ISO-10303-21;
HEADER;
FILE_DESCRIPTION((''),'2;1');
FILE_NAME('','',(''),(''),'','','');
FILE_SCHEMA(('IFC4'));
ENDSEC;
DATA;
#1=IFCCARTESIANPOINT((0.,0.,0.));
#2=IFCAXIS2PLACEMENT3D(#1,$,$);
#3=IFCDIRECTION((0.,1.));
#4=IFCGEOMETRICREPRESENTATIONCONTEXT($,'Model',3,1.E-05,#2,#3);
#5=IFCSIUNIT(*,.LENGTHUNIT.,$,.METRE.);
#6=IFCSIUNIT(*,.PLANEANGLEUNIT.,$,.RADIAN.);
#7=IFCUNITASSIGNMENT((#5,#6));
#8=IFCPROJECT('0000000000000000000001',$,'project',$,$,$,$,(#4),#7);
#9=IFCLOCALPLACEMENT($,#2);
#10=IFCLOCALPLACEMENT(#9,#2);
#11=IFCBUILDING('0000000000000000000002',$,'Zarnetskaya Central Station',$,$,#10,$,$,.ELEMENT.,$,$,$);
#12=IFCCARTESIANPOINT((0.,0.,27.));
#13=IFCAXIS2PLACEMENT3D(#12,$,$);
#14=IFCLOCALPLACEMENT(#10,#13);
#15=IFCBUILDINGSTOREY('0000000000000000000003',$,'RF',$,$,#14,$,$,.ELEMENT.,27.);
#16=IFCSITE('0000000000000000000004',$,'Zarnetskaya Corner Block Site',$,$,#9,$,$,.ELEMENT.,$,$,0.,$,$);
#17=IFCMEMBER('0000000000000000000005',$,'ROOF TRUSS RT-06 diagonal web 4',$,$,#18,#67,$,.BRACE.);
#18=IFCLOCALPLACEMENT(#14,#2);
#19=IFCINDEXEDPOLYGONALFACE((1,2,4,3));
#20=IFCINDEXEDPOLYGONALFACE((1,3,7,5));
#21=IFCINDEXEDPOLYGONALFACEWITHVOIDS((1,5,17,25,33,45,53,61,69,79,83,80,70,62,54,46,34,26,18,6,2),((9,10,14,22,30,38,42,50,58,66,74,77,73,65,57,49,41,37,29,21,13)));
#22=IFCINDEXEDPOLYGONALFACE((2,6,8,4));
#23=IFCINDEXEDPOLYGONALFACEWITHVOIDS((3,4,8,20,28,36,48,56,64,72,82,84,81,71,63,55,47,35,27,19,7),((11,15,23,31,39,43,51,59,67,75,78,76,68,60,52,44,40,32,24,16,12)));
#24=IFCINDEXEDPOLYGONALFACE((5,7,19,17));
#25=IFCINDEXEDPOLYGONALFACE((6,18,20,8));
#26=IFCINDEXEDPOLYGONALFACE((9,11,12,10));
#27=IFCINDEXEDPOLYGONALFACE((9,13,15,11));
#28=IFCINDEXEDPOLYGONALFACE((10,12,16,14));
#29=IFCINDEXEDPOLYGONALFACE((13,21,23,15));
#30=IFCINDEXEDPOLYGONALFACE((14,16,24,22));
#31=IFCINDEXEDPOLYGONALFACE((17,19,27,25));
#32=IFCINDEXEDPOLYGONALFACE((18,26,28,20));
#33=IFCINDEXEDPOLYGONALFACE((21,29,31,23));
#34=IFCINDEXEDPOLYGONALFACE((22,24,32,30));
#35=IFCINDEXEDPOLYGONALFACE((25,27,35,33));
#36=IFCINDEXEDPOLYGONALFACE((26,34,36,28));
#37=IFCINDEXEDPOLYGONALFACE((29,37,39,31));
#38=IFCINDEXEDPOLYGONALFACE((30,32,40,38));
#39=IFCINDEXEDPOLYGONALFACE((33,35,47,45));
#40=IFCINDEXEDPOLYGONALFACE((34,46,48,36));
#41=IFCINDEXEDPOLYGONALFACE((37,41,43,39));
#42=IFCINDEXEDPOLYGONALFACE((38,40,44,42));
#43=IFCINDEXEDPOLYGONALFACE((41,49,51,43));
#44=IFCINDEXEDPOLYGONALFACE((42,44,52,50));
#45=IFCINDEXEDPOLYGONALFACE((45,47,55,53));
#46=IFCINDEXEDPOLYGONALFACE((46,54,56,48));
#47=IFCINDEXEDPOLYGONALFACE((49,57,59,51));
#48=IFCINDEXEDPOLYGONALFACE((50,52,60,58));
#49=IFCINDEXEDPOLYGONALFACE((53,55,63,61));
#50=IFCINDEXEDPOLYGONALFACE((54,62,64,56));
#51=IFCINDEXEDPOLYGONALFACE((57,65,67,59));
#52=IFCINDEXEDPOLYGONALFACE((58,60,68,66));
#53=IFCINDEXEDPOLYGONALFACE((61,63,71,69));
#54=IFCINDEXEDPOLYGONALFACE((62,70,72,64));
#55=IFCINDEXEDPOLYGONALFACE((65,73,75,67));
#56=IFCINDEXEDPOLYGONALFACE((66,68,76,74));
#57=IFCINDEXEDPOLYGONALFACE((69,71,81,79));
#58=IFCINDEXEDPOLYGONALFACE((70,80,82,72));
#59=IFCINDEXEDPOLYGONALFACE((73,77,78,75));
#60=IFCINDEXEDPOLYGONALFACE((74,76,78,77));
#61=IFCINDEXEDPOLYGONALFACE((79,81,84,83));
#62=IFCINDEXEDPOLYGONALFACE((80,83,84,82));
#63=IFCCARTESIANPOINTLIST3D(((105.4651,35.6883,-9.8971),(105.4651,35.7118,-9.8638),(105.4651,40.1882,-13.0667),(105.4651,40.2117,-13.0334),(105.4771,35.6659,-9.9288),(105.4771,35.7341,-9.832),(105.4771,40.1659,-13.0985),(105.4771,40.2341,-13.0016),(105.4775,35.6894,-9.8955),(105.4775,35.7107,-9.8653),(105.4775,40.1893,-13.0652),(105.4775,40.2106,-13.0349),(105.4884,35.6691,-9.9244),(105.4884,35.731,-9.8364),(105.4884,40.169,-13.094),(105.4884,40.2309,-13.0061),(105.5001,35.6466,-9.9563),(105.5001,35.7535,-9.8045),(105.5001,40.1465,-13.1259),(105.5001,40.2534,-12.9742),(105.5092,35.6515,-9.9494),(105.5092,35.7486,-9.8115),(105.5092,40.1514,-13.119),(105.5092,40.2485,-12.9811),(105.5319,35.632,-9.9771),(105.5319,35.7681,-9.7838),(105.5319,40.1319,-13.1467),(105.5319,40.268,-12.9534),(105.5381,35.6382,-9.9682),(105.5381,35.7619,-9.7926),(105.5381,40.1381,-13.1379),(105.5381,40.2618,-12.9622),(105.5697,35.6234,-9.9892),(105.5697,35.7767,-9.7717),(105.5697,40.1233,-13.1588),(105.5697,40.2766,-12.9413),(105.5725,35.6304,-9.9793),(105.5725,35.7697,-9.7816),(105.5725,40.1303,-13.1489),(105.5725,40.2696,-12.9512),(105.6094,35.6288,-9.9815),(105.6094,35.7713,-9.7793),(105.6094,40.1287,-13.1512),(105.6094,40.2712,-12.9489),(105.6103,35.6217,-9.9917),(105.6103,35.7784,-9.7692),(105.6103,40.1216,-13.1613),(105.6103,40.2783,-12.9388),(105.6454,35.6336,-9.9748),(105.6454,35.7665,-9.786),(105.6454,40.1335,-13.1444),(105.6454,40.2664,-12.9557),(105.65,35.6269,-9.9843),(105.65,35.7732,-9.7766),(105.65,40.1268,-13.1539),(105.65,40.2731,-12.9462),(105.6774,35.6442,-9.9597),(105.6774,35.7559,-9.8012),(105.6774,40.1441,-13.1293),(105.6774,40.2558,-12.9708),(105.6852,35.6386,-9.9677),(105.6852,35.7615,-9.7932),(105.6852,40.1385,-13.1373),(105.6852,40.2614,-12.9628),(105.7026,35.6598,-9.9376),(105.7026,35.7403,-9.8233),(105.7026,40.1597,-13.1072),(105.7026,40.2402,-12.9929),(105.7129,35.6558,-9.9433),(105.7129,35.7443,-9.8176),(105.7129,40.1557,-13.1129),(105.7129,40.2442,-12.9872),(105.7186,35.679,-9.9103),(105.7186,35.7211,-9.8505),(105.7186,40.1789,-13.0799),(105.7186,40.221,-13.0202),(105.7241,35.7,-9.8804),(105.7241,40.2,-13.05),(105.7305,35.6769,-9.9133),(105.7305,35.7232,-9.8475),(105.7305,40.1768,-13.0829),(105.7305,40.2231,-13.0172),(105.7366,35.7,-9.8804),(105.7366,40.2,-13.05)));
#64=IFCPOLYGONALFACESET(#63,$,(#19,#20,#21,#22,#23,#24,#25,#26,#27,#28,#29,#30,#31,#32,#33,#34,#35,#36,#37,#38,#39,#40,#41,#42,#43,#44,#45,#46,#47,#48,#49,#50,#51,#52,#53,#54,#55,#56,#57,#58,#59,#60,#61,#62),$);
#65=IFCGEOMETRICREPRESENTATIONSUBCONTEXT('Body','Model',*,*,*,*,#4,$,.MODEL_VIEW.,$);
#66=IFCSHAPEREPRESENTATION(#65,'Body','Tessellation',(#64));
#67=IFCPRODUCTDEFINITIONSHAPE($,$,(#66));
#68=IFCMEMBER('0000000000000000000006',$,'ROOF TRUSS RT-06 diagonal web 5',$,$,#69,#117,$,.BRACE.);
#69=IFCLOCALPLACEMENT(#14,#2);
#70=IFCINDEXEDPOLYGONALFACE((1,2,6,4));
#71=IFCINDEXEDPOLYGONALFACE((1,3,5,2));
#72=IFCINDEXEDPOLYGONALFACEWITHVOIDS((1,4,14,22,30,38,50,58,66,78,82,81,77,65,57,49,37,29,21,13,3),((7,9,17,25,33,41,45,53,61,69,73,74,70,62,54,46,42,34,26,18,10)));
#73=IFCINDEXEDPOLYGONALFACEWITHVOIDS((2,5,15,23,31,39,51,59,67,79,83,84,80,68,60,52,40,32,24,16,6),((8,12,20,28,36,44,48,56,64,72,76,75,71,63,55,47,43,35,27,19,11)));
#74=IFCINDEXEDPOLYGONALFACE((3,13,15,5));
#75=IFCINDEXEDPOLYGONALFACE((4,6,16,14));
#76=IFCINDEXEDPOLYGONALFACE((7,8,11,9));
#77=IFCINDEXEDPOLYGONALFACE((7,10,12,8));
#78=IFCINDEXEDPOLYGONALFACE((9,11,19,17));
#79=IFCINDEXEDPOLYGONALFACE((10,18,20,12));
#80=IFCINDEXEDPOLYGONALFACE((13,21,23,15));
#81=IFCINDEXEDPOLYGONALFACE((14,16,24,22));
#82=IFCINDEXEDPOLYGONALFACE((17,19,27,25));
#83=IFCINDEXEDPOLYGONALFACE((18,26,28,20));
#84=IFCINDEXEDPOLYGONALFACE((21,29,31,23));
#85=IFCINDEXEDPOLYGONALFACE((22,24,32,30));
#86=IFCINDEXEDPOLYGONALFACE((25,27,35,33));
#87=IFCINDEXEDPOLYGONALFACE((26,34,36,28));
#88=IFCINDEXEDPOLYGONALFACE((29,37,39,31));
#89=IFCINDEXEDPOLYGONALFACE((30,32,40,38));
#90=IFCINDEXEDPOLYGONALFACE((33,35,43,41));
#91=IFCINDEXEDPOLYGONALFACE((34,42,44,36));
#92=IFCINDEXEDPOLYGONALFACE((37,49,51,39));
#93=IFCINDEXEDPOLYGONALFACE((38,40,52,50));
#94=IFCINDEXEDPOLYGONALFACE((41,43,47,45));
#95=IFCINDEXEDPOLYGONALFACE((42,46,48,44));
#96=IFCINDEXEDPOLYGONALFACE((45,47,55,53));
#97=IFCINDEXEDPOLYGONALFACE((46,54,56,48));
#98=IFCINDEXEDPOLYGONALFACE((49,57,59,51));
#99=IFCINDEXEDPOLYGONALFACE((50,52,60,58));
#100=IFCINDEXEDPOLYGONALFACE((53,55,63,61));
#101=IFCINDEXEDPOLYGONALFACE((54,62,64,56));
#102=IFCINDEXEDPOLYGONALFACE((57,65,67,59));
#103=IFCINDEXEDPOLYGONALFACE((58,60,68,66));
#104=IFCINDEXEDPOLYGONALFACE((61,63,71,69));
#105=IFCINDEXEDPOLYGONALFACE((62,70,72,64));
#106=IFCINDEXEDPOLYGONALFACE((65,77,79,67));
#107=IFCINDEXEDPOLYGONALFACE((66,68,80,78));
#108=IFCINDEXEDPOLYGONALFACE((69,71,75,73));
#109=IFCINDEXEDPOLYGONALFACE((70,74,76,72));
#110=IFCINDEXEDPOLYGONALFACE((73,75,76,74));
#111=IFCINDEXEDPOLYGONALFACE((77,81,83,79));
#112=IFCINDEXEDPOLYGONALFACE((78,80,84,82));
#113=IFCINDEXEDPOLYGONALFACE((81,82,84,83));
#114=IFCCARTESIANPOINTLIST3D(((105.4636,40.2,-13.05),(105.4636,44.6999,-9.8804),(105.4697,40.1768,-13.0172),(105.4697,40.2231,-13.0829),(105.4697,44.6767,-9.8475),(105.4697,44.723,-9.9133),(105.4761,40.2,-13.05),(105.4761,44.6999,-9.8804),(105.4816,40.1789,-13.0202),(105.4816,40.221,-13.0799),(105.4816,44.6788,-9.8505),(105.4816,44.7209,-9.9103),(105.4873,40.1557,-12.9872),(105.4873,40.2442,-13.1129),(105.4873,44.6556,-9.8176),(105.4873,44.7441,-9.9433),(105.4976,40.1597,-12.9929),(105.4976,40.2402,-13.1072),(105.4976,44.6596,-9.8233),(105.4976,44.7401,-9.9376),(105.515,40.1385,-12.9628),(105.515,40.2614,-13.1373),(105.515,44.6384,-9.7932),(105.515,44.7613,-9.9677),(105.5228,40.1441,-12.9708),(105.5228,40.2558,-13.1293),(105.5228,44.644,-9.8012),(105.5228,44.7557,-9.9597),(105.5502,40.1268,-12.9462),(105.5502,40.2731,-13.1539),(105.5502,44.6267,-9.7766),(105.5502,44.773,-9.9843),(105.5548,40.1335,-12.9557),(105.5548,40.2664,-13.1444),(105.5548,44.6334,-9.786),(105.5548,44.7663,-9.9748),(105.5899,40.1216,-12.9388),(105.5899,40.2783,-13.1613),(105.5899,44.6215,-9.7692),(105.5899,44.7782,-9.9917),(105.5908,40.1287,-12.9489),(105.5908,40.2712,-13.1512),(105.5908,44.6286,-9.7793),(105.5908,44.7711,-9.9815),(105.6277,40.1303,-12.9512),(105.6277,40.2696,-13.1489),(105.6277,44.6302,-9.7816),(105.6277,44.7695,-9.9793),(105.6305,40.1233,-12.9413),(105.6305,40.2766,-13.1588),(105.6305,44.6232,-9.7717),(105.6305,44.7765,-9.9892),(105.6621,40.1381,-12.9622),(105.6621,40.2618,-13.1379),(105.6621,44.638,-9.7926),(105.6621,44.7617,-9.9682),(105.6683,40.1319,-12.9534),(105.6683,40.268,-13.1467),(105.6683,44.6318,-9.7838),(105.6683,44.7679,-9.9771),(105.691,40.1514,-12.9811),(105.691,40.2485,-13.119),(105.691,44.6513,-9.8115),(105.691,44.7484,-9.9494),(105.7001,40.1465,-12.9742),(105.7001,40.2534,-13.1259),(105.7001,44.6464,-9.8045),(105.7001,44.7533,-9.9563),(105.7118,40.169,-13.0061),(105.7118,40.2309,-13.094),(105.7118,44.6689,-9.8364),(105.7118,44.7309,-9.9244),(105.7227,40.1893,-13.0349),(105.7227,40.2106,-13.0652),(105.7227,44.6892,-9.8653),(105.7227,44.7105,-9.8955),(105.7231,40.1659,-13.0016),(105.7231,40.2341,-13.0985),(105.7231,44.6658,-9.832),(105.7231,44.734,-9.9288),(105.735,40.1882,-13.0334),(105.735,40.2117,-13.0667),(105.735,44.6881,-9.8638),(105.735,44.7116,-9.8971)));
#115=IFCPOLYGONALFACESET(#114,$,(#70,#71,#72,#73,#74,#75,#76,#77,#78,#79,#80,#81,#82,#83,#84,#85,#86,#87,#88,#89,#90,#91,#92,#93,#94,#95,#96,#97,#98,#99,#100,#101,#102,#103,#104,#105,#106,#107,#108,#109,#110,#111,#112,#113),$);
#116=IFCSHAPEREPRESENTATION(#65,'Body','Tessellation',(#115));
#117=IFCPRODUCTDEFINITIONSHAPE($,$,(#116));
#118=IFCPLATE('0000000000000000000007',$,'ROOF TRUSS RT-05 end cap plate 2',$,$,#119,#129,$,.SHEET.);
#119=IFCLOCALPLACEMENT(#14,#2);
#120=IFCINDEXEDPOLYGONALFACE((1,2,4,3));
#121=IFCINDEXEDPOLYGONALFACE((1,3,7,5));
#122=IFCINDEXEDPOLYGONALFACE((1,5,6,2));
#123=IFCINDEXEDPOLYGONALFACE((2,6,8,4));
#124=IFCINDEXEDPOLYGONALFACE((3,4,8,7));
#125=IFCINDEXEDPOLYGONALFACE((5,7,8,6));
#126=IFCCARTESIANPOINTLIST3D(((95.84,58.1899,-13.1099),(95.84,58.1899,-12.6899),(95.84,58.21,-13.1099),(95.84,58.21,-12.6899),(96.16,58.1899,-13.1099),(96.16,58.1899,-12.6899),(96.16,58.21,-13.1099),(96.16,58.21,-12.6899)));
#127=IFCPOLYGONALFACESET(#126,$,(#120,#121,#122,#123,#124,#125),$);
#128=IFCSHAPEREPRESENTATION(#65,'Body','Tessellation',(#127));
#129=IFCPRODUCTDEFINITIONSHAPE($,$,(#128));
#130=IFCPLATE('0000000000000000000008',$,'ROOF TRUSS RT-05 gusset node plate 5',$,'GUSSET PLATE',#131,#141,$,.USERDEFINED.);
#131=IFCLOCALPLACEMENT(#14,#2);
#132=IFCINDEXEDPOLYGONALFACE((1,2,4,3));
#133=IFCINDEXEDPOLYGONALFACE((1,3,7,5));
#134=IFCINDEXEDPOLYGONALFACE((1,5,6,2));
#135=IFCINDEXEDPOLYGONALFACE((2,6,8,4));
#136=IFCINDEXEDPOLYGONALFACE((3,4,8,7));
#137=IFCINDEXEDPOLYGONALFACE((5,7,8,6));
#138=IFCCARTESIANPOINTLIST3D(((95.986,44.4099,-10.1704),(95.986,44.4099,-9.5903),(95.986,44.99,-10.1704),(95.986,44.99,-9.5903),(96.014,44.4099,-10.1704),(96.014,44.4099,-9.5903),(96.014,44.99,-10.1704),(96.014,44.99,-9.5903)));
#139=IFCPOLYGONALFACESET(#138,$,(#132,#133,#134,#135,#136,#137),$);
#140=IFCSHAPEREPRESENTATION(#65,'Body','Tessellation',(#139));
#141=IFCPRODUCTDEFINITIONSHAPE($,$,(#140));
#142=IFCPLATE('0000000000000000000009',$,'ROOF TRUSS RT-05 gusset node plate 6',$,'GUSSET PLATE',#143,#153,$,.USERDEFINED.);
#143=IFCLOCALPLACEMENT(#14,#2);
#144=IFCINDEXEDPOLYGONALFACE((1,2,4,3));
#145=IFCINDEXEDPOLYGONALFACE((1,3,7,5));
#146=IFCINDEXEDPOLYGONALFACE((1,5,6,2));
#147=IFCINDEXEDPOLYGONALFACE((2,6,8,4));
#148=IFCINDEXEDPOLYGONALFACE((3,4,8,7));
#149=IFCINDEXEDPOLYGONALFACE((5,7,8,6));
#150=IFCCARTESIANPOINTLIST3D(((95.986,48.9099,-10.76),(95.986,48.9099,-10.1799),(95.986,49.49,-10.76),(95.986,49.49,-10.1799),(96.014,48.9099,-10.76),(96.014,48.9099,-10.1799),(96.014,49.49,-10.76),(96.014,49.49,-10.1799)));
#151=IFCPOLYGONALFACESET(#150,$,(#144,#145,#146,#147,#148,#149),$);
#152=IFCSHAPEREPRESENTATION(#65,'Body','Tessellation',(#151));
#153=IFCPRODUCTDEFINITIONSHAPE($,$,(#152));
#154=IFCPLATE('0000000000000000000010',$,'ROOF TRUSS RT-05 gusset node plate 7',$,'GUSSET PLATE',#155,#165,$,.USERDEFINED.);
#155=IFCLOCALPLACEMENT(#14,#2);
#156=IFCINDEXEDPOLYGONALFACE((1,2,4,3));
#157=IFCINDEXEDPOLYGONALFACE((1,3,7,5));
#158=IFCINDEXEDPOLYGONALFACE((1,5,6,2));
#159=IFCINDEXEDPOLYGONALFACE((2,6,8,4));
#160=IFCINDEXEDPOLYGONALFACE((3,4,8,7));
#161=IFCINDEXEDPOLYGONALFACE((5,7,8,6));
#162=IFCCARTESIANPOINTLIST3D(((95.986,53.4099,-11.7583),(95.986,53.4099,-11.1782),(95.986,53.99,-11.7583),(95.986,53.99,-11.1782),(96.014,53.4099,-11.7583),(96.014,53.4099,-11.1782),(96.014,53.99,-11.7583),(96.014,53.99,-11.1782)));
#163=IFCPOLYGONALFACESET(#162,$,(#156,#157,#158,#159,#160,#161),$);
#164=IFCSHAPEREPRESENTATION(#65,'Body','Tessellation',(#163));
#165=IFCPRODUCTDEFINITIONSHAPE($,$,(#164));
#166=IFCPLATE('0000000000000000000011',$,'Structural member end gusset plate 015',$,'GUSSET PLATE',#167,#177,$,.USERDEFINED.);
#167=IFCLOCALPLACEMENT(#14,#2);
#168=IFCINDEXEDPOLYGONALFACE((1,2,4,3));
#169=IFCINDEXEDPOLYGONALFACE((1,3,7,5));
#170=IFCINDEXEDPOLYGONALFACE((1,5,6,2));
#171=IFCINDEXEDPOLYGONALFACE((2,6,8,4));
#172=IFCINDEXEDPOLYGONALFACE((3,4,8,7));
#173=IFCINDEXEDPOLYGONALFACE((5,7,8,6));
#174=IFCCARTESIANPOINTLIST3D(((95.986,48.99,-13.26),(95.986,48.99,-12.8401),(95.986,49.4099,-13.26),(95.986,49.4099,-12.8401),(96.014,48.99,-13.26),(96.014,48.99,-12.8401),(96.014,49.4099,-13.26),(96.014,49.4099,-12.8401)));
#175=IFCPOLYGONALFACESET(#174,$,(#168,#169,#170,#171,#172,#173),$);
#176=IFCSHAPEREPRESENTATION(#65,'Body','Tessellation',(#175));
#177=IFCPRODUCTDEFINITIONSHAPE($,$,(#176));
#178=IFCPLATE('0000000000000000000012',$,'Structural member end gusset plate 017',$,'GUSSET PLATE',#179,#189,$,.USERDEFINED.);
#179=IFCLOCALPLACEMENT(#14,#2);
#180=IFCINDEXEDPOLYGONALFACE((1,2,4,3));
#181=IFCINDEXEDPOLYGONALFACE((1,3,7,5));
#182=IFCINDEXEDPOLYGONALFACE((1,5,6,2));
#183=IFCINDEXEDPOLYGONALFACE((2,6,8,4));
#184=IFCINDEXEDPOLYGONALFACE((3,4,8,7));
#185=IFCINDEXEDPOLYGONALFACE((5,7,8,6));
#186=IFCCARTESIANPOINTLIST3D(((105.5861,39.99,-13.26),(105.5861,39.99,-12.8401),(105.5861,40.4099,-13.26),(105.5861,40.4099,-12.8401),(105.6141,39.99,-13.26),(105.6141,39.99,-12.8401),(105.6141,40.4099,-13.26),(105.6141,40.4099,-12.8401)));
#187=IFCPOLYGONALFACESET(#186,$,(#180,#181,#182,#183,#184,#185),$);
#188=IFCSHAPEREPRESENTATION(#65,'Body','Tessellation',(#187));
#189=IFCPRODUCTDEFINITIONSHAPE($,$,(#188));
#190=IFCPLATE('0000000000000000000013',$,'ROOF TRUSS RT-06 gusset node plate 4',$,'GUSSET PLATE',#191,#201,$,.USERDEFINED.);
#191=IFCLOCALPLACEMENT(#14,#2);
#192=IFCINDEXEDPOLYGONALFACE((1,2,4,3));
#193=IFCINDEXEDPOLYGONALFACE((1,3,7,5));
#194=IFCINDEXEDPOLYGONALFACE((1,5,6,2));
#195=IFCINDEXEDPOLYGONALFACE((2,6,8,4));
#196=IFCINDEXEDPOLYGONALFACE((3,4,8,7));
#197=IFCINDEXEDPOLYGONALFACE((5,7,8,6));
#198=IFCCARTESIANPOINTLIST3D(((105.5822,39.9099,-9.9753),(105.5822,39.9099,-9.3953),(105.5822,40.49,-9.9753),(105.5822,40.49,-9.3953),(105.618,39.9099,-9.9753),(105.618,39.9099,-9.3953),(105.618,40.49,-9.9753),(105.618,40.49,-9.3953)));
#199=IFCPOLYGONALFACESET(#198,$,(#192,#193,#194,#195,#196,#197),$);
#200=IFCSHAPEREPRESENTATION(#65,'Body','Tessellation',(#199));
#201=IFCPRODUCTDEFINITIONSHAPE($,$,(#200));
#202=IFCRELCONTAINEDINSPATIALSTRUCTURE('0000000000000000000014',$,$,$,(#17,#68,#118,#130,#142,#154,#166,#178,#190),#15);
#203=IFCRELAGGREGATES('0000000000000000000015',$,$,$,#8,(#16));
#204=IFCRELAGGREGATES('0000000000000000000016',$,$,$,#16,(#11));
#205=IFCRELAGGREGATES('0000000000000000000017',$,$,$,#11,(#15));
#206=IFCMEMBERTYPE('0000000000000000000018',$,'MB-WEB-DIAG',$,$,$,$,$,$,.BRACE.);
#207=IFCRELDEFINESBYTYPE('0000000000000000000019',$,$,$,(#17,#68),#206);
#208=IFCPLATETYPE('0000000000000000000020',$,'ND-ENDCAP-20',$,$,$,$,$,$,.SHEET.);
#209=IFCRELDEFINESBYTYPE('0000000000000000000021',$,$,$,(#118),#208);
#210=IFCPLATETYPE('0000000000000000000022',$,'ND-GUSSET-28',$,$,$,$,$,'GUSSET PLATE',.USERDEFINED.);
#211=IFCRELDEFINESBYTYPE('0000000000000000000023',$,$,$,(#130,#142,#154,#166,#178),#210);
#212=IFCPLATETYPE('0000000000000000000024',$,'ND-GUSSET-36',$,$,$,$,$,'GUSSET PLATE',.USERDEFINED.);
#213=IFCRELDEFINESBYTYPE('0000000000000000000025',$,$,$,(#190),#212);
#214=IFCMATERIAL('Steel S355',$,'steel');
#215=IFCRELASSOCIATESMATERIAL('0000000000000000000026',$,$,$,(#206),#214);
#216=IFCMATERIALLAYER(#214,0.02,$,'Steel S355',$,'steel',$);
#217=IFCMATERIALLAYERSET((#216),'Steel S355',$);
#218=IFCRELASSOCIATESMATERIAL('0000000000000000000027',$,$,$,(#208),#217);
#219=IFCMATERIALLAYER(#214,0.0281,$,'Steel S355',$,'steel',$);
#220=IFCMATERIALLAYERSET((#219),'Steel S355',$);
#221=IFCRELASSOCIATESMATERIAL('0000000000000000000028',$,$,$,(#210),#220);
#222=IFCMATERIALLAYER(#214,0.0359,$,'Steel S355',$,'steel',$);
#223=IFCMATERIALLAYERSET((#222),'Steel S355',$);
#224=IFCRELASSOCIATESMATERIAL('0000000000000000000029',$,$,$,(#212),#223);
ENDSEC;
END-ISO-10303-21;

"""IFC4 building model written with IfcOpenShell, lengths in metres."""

from ifc_helpers import new_model, si_unit, direction, frame, origin, origin_2d, place, context, subcontext, project, spatial, rectangle, hollow_circle, extrude, material, layer, layer_set, material_profile, profile_set, type_object, element, save


model = new_model("IFC4")

# Units and contexts
model_context = context("Model", 3, precision=1e-05, world=origin(), true_north=direction((0.0, 1.0)))
body_context = subcontext(model_context, "Body", "Model", "MODEL_VIEW")
ifc_project = project(units=[si_unit("LENGTHUNIT", "METRE"), si_unit("PLANEANGLEUNIT", "RADIAN")], contexts=[model_context])

# Site, building, storey
site_placement = place(None, origin())
site = spatial("IfcSite", under=ifc_project, at=site_placement, Name="Zarnetskaya Corner Block Site", CompositionType="ELEMENT", RefElevation=0.0)
building_placement = place(site_placement, origin())
building = spatial("IfcBuilding", under=site, at=building_placement, Name="Zarnetskaya Central Station", CompositionType="ELEMENT")
storey_placement = place(building_placement, frame((0.0, 0.0, 27.0)))
storey = spatial("IfcBuildingStorey", under=building, at=storey_placement, Name="RF", CompositionType="ELEMENT", Elevation=27.0)

# Shared definitions
ifc_material_1 = material(Name="Steel S355", Category="steel")

# Members
ifc_material_profile_1 = material_profile(ifc_material_1, hollow_circle(Radius=0.1365, WallThickness=0.0125, at=origin_2d()), Name="CHS 273x12.5")
ifc_profile_set_1 = profile_set([ifc_material_profile_1], Name="Steel S355")
member_type_1 = type_object("IfcMemberType", Name="MB-WEB-DIAG", PredefinedType="BRACE", material=ifc_profile_set_1)
for number, where, z_axis, x_axis, name in (
    (1, (105.6001, 40.2, -13.05), (0.0, -0.817549, 0.575859), (1.0, 0.0, 0.0), "ROOF TRUSS RT-06 diagonal web 4"),
    (2, (105.6001, 40.2, -13.05), (0.0, 0.817549, 0.575859), (-1.0, 0.0, 0.0), "ROOF TRUSS RT-06 diagonal web 5"),
):
    element("IfcMember", number, at=place(storey_placement, frame(where, z_axis=z_axis, x_axis=x_axis)), inside=storey, type_object=member_type_1, Name=name, PredefinedType="BRACE", context=body_context, shape_type="SweptSolid", body=[
        extrude(hollow_circle(Radius=0.1365, WallThickness=0.0125, at=origin_2d()), origin(), (0.0, 0.0, 1.0), 5.5042),
    ])

# Plates
ifc_layer_1 = layer(ifc_material_1, 0.02, Name="Steel S355", Category="steel")
ifc_layer_set_1 = layer_set([ifc_layer_1], Name="Steel S355")
plate_type_1 = type_object("IfcPlateType", Name="ND-ENDCAP-20", PredefinedType="SHEET", material=ifc_layer_set_1)
plate_1_placement = place(storey_placement, frame((96.0, 58.2, -13.1099), z_axis=(0.0, 0.0, 1.0), x_axis=(1.0, 0.0, 0.0)))
element("IfcPlate", 3, at=plate_1_placement, inside=storey, type_object=plate_type_1, Name="ROOF TRUSS RT-05 end cap plate 2", PredefinedType="SHEET", context=body_context, shape_type="SweptSolid", body=[
    extrude(rectangle(XDim=0.3201, YDim=0.02, at=origin_2d()), origin(), (0.0, 0.0, 1.0), 0.4199),
])
ifc_layer_2 = layer(ifc_material_1, 0.0281, Name="Steel S355", Category="steel")
ifc_layer_set_2 = layer_set([ifc_layer_2], Name="Steel S355")
plate_type_2 = type_object("IfcPlateType", Name="ND-GUSSET-28", ElementType="GUSSET PLATE", PredefinedType="USERDEFINED", material=ifc_layer_set_2)
for number, where, z_axis, x_axis, name in (
    (4, (96.0, 44.7, -10.1704), (0.0, 0.0, 1.0), (1.0, 0.0, 0.0), "ROOF TRUSS RT-05 gusset node plate 5"),
    (5, (96.0, 49.2, -10.76), (0.0, 0.0, 1.0), (1.0, 0.0, 0.0), "ROOF TRUSS RT-05 gusset node plate 6"),
    (6, (96.0, 53.7, -11.7583), (0.0, 0.0, 1.0), (1.0, 0.0, 0.0), "ROOF TRUSS RT-05 gusset node plate 7"),
):
    element("IfcPlate", number, at=place(storey_placement, frame(where, z_axis=z_axis, x_axis=x_axis)), inside=storey, type_object=plate_type_2, Name=name, ObjectType="GUSSET PLATE", PredefinedType="USERDEFINED", context=body_context, shape_type="SweptSolid", body=[
        extrude(rectangle(XDim=0.0281, YDim=0.5801, at=origin_2d()), origin(), (0.0, 0.0, 1.0), 0.5801),
    ])
for number, where, z_axis, x_axis, name in (
    (7, (96.0, 49.2, -13.26), (0.0, 0.0, 1.0), (1.0, 0.0, 0.0), "Structural member end gusset plate 015"),
    (8, (105.6001, 40.2, -13.26), (0.0, 0.0, 1.0), (1.0, 0.0, 0.0), "Structural member end gusset plate 017"),
):
    element("IfcPlate", number, at=place(storey_placement, frame(where, z_axis=z_axis, x_axis=x_axis)), inside=storey, type_object=plate_type_2, Name=name, ObjectType="GUSSET PLATE", PredefinedType="USERDEFINED", context=body_context, shape_type="SweptSolid", body=[
        extrude(rectangle(XDim=0.0281, YDim=0.4199, at=origin_2d()), origin(), (0.0, 0.0, 1.0), 0.4199),
    ])
ifc_layer_3 = layer(ifc_material_1, 0.0359, Name="Steel S355", Category="steel")
ifc_layer_set_3 = layer_set([ifc_layer_3], Name="Steel S355")
plate_type_3 = type_object("IfcPlateType", Name="ND-GUSSET-36", ElementType="GUSSET PLATE", PredefinedType="USERDEFINED", material=ifc_layer_set_3)
plate_2_placement = place(storey_placement, frame((105.6001, 40.2, -9.9753), z_axis=(0.0, 0.0, 1.0), x_axis=(1.0, 0.0, 0.0)))
element("IfcPlate", 9, at=plate_2_placement, inside=storey, type_object=plate_type_3, Name="ROOF TRUSS RT-06 gusset node plate 4", ObjectType="GUSSET PLATE", PredefinedType="USERDEFINED", context=body_context, shape_type="SweptSolid", body=[
    extrude(rectangle(XDim=0.0359, YDim=0.5801, at=origin_2d()), origin(), (0.0, 0.0, 1.0), 0.5801),
])

save(model, "model.ifc")
